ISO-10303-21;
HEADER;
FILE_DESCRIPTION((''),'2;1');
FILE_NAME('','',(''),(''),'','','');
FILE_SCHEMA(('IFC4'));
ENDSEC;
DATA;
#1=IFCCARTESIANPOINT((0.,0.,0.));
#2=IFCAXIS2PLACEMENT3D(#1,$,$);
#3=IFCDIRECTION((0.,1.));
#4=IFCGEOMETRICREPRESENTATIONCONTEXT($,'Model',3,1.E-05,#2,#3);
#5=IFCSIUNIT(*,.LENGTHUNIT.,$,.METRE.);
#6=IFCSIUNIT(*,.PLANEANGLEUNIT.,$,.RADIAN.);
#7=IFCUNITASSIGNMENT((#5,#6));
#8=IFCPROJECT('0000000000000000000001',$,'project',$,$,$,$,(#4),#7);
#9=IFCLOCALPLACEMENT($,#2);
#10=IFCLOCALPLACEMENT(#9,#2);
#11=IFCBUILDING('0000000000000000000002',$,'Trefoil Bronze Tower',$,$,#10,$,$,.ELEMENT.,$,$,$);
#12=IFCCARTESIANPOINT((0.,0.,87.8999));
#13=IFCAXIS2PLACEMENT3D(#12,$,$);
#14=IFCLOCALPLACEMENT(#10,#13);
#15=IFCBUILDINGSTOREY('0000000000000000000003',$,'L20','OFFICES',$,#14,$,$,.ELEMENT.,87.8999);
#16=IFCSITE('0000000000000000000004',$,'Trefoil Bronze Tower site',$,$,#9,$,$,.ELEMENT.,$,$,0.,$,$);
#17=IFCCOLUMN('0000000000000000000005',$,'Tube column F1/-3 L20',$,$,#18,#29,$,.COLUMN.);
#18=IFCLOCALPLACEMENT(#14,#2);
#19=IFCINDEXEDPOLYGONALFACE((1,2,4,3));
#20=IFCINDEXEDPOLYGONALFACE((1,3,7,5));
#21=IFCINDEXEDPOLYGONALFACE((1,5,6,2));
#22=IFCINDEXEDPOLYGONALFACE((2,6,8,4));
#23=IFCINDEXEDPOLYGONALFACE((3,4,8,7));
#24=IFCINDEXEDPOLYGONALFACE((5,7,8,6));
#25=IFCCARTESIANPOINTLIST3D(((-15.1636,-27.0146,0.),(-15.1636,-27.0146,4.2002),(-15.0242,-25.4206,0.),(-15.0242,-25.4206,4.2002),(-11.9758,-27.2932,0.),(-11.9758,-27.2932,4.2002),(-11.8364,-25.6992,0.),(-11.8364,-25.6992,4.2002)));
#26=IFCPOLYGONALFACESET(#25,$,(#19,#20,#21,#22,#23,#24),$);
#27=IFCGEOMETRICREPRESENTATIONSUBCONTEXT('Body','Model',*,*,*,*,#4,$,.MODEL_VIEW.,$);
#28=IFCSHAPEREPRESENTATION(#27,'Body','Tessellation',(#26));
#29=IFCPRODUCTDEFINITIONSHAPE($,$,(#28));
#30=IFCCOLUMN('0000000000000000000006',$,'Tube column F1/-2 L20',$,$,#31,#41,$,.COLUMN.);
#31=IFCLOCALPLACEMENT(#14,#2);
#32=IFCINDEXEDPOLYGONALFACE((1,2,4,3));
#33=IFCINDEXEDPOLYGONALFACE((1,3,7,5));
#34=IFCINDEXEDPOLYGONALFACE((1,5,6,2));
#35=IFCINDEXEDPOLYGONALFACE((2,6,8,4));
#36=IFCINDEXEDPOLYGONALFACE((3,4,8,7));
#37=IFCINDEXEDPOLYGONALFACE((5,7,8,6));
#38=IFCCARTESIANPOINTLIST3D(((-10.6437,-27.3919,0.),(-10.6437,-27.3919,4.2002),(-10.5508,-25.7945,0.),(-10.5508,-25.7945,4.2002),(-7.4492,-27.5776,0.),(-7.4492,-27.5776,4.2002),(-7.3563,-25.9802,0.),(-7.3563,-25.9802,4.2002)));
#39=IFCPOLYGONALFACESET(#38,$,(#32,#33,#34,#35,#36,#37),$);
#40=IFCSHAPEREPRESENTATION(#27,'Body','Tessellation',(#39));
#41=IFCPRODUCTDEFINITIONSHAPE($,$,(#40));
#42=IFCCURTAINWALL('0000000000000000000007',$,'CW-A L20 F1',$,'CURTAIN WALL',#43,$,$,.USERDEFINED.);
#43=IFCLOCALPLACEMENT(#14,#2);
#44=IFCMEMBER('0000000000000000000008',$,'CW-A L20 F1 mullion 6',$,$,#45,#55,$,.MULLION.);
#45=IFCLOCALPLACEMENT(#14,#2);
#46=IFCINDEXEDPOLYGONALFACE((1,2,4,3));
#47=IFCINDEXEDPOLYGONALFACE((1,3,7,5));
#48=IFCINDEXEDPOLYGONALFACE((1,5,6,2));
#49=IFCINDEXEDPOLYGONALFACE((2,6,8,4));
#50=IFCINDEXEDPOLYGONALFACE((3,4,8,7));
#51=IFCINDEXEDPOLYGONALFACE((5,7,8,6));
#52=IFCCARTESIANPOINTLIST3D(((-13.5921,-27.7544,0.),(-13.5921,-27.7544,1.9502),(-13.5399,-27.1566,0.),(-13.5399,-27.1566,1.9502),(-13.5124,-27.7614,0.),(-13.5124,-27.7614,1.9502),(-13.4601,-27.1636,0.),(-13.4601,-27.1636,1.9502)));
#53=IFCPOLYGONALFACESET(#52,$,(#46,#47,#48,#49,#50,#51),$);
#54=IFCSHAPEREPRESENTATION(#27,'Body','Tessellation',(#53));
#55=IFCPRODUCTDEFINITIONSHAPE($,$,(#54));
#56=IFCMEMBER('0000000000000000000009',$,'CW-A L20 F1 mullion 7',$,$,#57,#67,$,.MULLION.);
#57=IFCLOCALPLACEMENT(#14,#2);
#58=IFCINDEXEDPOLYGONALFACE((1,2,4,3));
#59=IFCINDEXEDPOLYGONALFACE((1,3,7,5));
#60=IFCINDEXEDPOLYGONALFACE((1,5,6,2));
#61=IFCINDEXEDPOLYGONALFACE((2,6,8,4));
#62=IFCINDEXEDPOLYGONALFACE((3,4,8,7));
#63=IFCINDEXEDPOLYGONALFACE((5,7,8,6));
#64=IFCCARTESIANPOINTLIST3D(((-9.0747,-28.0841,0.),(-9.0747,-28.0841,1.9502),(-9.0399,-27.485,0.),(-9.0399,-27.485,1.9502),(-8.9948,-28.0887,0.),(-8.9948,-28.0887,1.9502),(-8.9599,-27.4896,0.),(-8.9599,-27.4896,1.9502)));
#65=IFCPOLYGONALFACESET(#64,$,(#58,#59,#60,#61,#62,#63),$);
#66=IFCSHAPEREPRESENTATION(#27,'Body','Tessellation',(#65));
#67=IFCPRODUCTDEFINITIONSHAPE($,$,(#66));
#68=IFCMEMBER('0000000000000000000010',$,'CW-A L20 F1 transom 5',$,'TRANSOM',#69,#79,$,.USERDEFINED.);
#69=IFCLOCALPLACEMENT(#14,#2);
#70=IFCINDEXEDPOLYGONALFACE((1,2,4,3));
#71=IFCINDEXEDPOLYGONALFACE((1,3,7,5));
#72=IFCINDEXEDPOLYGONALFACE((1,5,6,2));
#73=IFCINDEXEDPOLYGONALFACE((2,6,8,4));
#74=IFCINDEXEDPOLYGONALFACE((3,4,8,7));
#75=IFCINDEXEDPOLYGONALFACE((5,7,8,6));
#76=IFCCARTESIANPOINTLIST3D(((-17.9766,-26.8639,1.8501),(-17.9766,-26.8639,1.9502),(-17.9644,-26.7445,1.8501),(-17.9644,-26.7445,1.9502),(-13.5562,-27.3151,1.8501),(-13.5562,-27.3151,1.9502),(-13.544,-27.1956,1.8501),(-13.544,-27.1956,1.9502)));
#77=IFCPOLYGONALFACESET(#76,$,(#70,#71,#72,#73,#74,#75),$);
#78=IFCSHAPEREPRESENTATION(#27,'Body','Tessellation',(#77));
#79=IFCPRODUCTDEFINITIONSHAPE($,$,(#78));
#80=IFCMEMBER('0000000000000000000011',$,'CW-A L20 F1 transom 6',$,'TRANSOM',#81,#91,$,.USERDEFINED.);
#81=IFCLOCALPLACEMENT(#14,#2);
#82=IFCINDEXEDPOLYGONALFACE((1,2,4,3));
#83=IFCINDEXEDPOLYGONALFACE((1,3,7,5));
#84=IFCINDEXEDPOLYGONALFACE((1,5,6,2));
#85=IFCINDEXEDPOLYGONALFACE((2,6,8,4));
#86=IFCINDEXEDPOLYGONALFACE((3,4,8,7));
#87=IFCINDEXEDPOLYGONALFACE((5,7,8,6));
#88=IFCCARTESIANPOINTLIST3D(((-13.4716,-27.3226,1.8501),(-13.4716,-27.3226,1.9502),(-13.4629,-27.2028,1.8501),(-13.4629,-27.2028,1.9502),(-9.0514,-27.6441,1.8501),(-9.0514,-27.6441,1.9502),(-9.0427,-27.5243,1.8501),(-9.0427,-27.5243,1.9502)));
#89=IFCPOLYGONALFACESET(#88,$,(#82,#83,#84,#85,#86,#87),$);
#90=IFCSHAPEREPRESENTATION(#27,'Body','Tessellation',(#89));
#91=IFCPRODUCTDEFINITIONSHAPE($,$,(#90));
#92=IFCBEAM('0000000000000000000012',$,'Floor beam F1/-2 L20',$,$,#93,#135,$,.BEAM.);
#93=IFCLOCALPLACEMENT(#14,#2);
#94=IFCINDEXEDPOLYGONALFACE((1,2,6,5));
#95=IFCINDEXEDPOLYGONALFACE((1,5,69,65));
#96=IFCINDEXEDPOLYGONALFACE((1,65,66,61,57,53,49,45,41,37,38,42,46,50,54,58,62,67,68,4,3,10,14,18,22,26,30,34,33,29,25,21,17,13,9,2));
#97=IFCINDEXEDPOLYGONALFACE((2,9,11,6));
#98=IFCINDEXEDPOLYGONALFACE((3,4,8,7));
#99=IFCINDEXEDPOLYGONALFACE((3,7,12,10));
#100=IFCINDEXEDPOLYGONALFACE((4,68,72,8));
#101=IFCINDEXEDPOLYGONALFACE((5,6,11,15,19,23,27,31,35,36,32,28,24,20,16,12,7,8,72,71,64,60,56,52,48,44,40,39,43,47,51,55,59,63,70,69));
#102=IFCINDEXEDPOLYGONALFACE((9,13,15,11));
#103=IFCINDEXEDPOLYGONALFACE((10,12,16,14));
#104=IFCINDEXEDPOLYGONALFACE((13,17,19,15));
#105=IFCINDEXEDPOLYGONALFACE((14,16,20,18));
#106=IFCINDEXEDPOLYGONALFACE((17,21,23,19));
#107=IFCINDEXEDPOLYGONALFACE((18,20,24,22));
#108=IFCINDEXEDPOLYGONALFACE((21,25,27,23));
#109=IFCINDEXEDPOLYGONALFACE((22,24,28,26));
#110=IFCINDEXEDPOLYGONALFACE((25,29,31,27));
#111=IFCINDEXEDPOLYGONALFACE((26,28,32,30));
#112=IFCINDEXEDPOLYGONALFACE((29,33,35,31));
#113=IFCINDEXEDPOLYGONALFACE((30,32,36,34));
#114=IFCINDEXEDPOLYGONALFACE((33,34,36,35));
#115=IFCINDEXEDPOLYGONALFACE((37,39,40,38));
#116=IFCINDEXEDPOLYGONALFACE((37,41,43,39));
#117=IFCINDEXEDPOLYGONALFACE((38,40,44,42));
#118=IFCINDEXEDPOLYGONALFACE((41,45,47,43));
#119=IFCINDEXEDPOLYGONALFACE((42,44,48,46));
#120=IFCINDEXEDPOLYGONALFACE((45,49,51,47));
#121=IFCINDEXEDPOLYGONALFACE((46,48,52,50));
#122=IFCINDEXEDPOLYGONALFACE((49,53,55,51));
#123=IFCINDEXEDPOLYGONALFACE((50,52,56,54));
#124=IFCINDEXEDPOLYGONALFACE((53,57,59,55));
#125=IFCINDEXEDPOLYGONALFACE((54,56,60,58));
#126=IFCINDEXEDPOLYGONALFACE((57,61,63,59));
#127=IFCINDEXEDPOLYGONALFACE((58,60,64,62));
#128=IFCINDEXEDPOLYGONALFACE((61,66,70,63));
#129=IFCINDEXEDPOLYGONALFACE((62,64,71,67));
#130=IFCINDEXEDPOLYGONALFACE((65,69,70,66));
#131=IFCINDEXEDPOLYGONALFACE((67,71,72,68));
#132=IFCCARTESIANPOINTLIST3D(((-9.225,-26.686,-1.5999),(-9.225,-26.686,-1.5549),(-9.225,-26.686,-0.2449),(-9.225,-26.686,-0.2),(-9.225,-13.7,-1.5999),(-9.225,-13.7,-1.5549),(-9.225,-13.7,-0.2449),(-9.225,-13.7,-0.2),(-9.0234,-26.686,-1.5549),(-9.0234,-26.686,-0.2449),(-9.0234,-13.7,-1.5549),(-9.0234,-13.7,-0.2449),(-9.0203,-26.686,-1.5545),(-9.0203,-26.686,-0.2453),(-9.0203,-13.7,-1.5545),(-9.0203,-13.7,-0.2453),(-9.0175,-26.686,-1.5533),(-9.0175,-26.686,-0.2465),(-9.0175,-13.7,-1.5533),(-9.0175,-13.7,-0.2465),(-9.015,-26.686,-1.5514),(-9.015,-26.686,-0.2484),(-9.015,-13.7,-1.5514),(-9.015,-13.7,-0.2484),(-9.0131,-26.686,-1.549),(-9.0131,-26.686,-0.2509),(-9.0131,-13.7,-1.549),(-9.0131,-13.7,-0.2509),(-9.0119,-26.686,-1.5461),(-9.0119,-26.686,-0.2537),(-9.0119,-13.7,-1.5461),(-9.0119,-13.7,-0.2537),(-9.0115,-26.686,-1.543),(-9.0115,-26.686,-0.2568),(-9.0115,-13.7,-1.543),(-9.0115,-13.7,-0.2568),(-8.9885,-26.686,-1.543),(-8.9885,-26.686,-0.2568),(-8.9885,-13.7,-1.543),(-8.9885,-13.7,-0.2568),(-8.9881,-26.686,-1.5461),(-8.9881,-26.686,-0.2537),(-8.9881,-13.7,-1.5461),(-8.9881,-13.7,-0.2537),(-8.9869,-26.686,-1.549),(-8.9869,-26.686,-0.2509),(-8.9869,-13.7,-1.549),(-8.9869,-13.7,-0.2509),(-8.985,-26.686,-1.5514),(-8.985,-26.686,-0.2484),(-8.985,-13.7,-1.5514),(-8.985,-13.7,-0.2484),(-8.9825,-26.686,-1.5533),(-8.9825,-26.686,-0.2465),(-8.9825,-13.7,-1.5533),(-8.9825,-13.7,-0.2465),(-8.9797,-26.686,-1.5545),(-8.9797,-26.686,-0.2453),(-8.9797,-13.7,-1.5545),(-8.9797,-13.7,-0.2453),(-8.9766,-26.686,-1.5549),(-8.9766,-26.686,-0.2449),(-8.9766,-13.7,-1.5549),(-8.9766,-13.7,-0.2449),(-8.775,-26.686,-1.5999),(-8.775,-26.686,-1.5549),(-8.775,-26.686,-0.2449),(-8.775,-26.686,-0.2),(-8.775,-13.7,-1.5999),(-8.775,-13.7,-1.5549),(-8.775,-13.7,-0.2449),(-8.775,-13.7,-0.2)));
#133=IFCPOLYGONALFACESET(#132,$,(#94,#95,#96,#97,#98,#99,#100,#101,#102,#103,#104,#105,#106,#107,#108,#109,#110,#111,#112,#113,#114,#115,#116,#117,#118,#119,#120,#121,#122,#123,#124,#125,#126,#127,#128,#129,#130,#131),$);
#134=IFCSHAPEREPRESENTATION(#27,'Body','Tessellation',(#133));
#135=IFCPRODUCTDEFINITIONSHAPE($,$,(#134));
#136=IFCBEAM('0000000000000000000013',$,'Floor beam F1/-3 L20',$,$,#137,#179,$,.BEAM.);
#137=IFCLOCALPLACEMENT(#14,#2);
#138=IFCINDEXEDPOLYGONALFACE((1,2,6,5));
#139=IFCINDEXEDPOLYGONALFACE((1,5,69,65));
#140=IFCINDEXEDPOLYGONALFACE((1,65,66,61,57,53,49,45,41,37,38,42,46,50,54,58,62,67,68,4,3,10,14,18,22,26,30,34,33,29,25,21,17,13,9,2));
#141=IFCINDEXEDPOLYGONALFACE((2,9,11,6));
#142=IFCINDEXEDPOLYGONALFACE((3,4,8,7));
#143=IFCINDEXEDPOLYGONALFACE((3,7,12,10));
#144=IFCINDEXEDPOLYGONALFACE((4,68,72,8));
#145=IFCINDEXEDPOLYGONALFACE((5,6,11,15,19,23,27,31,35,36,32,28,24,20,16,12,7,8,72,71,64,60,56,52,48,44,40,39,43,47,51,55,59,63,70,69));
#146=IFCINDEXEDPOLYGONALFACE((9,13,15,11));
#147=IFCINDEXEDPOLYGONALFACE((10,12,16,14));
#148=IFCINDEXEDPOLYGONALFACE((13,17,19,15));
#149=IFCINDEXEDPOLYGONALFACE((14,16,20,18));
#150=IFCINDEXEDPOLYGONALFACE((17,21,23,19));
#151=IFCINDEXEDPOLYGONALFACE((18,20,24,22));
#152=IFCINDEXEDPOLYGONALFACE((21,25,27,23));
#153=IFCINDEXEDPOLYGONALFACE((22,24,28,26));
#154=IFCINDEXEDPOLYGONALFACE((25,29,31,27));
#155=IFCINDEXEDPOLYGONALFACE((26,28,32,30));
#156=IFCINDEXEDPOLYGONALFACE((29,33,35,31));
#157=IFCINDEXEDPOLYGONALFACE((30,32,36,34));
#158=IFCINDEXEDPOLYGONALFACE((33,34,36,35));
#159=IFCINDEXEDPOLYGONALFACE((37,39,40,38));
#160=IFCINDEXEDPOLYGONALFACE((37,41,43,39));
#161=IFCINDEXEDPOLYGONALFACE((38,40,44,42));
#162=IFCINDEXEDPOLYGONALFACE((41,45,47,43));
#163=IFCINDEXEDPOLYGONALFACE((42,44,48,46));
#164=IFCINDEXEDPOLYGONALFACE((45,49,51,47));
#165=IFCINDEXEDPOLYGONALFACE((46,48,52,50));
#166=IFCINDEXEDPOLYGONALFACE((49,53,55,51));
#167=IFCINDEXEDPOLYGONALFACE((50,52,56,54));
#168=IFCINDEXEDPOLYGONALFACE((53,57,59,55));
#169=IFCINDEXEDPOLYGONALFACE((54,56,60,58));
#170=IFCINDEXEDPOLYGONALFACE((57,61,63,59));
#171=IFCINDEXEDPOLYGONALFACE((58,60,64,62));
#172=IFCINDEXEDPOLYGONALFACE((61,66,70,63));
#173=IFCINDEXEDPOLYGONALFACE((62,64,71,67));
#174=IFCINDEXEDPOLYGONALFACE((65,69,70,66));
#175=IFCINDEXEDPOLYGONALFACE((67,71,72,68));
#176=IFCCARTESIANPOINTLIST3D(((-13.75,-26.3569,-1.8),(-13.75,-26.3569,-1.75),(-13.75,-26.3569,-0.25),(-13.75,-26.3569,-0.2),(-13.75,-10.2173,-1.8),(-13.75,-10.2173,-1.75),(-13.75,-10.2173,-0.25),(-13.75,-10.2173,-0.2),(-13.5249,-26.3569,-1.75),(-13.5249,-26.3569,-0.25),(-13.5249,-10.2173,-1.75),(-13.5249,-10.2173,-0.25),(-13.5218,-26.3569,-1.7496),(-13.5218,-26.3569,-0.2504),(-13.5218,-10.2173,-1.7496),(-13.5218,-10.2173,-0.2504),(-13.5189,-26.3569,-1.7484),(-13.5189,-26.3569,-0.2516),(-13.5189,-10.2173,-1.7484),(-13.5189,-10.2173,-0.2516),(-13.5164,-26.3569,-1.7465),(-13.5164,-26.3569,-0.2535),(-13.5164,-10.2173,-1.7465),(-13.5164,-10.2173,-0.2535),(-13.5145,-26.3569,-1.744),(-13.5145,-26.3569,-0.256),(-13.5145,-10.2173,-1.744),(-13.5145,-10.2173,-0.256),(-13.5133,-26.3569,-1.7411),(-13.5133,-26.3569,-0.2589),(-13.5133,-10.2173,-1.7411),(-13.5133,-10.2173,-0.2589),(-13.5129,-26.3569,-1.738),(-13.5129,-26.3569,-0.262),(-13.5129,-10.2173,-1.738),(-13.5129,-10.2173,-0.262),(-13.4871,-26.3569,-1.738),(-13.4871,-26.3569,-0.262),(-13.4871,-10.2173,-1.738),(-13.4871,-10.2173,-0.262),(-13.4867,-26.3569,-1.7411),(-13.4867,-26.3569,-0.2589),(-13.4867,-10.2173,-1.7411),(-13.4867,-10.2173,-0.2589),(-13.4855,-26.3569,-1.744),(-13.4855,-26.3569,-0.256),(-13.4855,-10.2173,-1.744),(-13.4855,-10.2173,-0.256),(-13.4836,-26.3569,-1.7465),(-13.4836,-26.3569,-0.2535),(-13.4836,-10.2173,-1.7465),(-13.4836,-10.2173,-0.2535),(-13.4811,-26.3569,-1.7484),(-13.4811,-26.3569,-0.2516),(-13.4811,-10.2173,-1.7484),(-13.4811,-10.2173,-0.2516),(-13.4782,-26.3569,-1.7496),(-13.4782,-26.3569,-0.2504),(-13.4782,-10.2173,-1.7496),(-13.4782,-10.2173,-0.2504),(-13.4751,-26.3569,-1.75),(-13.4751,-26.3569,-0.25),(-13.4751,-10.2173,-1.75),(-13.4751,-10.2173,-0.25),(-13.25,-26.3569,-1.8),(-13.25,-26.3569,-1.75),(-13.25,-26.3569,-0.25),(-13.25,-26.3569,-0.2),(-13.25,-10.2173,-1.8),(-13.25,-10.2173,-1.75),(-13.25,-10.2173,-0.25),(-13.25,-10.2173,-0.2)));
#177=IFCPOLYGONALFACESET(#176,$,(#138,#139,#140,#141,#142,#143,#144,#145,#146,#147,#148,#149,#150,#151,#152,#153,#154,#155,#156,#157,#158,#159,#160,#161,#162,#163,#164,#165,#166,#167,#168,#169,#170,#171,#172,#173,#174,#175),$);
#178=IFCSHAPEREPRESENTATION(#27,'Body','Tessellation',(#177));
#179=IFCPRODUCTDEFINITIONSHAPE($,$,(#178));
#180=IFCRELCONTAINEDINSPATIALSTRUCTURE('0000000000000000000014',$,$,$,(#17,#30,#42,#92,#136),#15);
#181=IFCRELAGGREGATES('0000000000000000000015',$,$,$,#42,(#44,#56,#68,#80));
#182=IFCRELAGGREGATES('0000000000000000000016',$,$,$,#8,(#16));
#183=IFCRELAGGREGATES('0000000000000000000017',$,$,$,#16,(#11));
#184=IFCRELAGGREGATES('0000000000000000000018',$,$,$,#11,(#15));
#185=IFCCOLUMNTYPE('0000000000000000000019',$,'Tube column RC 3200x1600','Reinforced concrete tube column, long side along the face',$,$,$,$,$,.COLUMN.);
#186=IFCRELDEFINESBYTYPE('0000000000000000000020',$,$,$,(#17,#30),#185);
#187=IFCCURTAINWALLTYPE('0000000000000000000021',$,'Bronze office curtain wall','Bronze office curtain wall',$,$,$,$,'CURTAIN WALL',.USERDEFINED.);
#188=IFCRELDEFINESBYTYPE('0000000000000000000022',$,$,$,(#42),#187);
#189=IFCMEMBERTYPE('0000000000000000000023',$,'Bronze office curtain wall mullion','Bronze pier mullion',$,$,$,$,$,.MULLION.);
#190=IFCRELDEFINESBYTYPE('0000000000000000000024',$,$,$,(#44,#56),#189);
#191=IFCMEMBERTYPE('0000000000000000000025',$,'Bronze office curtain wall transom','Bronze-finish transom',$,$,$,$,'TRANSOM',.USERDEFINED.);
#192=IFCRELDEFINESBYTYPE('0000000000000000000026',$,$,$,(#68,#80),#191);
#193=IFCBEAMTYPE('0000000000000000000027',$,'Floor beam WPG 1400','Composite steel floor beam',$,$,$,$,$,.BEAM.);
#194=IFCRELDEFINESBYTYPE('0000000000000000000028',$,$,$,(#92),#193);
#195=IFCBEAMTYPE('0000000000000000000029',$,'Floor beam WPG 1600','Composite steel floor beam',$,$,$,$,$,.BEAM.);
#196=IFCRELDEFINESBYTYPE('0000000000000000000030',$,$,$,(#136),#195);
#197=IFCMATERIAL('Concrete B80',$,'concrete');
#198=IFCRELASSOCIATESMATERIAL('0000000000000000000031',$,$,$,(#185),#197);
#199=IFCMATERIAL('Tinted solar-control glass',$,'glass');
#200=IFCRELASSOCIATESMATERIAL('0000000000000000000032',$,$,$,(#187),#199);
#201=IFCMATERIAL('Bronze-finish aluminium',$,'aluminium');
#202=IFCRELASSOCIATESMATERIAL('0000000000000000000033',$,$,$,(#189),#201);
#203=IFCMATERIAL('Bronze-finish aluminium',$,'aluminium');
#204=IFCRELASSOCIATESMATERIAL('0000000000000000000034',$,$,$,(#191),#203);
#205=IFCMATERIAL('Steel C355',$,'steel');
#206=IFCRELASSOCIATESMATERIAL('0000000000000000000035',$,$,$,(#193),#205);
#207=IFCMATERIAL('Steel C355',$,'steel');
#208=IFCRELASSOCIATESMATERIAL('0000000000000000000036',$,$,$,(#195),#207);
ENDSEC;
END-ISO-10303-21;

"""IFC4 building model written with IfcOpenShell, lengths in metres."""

from ifc_helpers import new_model, si_unit, direction, frame, origin, origin_2d, place, context, subcontext, project, spatial, rectangle, i_section, extrude, material, material_profile, profile_set, type_object, element, aggregate, save


model = new_model("IFC4")

# Units and contexts
model_context = context("Model", 3, precision=1e-05, world=origin(), true_north=direction((0.0, 1.0)))
body_context = subcontext(model_context, "Body", "Model", "MODEL_VIEW")
ifc_project = project(units=[si_unit("LENGTHUNIT", "METRE"), si_unit("PLANEANGLEUNIT", "RADIAN")], contexts=[model_context])

# Site, building, storey
site_placement = place(None, origin())
site = spatial("IfcSite", under=ifc_project, at=site_placement, Name="Trefoil Bronze Tower site", CompositionType="ELEMENT", RefElevation=0.0)
building_placement = place(site_placement, origin())
building = spatial("IfcBuilding", under=site, at=building_placement, Name="Trefoil Bronze Tower", CompositionType="ELEMENT")
storey_placement = place(building_placement, frame((0.0, 0.0, 87.8999)))
storey = spatial("IfcBuildingStorey", under=building, at=storey_placement, Name="L20", Description="OFFICES", CompositionType="ELEMENT", Elevation=87.8999)

# Columns
ifc_material_1 = material(Name="Concrete B80", Category="concrete")
ifc_material_profile_1 = material_profile(ifc_material_1, rectangle(XDim=3.2, YDim=1.6001, at=origin_2d()), Name="RC 3200x1600")
ifc_profile_set_1 = profile_set([ifc_material_profile_1], Name="Concrete B80")
column_type = type_object("IfcColumnType", Name="Tube column RC 3200x1600", Description="Reinforced concrete tube column, long side along the face", PredefinedType="COLUMN", material=ifc_profile_set_1)
for number, where, z_axis, x_axis, name in (
    (1, (-13.5, -26.3569, 0.0), (0.0, 0.0, 1.0), (0.996203, -0.087065, 0.0), "Tube column F1/-3 L20"),
    (2, (-9.0, -26.686, 0.0), (0.0, 0.0, 1.0), (0.998314, -0.058043, 0.0), "Tube column F1/-2 L20"),
):
    element("IfcColumn", number, at=place(storey_placement, frame(where, z_axis=z_axis, x_axis=x_axis)), inside=storey, type_object=column_type, Name=name, PredefinedType="COLUMN", context=body_context, shape_type="SweptSolid", body=[
        extrude(rectangle(XDim=3.2, YDim=1.6001, at=origin_2d()), origin(), (0.0, 0.0, 1.0), 4.2002),
    ])

# Curtain wall, members
ifc_material_2 = material(Name="Tinted solar-control glass", Category="glass")
curtain_wall_type = type_object("IfcCurtainWallType", Name="Bronze office curtain wall", Description="Bronze office curtain wall", ElementType="CURTAIN WALL", PredefinedType="USERDEFINED", material=ifc_material_2)
curtain_wall_placement = place(storey_placement, origin())
curtain_wall = element("IfcCurtainWall", 3, at=curtain_wall_placement, inside=storey, type_object=curtain_wall_type, Name="CW-A L20 F1", ObjectType="CURTAIN WALL", PredefinedType="USERDEFINED")
ifc_material_3 = material(Name="Bronze-finish aluminium", Category="aluminium")
ifc_material_profile_2 = material_profile(ifc_material_3, rectangle(XDim=0.6001, YDim=0.0801, at=origin_2d()), Name="CW-A mullion")
ifc_profile_set_2 = profile_set([ifc_material_profile_2], Name="Bronze-finish aluminium")
member_type_1 = type_object("IfcMemberType", Name="Bronze office curtain wall mullion", Description="Bronze pier mullion", PredefinedType="MULLION", material=ifc_profile_set_2)
member_1_placement = place(storey_placement, frame((-13.5261, -27.459, 0.0), z_axis=(0.0, 0.0, 1.0), x_axis=(0.087065, 0.996203, 0.0)))
member_1 = element("IfcMember", 4, at=member_1_placement, type_object=member_type_1, Name="CW-A L20 F1 mullion 6", PredefinedType="MULLION", context=body_context, shape_type="SweptSolid", body=[
    extrude(rectangle(XDim=0.6001, YDim=0.0801, at=origin_2d()), origin(), (0.0, 0.0, 1.0), 1.9502),
])
member_2_placement = place(storey_placement, frame((-9.0173, -27.7869, 0.0), z_axis=(0.0, 0.0, 1.0), x_axis=(0.058043, 0.998314, 0.0)))
member_2 = element("IfcMember", 5, at=member_2_placement, type_object=member_type_1, Name="CW-A L20 F1 mullion 7", PredefinedType="MULLION", context=body_context, shape_type="SweptSolid", body=[
    extrude(rectangle(XDim=0.6001, YDim=0.0801, at=origin_2d()), origin(), (0.0, 0.0, 1.0), 1.9502),
])
ifc_material_4 = material(Name="Bronze-finish aluminium", Category="aluminium")
ifc_material_profile_3 = material_profile(ifc_material_4, rectangle(XDim=0.1201, YDim=0.1001, at=origin_2d()), Name="CW-A transom")
ifc_profile_set_3 = profile_set([ifc_material_profile_3], Name="Bronze-finish aluminium")
member_type_2 = type_object("IfcMemberType", Name="Bronze office curtain wall transom", Description="Bronze-finish transom", ElementType="TRANSOM", PredefinedType="USERDEFINED", material=ifc_profile_set_3)
member_3_placement = place(storey_placement, frame((-17.9705, -26.8042, 1.9001), z_axis=(0.994832, -0.101538, 0.0), x_axis=(0.101538, 0.994832, 0.0)))
member_3 = element("IfcMember", 6, at=member_3_placement, type_object=member_type_2, Name="CW-A L20 F1 transom 5", ObjectType="TRANSOM", PredefinedType="USERDEFINED", context=body_context, shape_type="SweptSolid", body=[
    extrude(rectangle(XDim=0.1201, YDim=0.1001, at=origin_2d()), origin(), (0.0, 0.0, 1.0), 4.4434),
])
member_4_placement = place(storey_placement, frame((-13.4673, -27.2627, 1.9001), z_axis=(0.997365, -0.072551, 0.0), x_axis=(0.072551, 0.997365, 0.0)))
member_4 = element("IfcMember", 7, at=member_4_placement, type_object=member_type_2, Name="CW-A L20 F1 transom 6", ObjectType="TRANSOM", PredefinedType="USERDEFINED", context=body_context, shape_type="SweptSolid", body=[
    extrude(rectangle(XDim=0.1201, YDim=0.1001, at=origin_2d()), origin(), (0.0, 0.0, 1.0), 4.4319),
])

# Beams
ifc_material_5 = material(Name="Steel C355", Category="steel")
ifc_material_profile_4 = material_profile(ifc_material_5, i_section(OverallWidth=0.45, OverallDepth=1.3999, WebThickness=0.0229, FlangeThickness=0.0449, FilletRadius=0.012, at=origin_2d()), Name="WPG 1400")
ifc_profile_set_4 = profile_set([ifc_material_profile_4], Name="Steel C355")
beam_type_1 = type_object("IfcBeamType", Name="Floor beam WPG 1400", Description="Composite steel floor beam", PredefinedType="BEAM", material=ifc_profile_set_4)
beam_1_placement = place(storey_placement, frame((-9.0, -26.686, -0.8999), z_axis=(0.0, 1.0, 0.0), x_axis=(-1.0, 0.0, 0.0)))
element("IfcBeam", 8, at=beam_1_placement, inside=storey, type_object=beam_type_1, Name="Floor beam F1/-2 L20", PredefinedType="BEAM", context=body_context, shape_type="SweptSolid", body=[
    extrude(i_section(OverallWidth=0.45, OverallDepth=1.3999, WebThickness=0.0229, FlangeThickness=0.0449, FilletRadius=0.012, at=origin_2d()), origin(), (0.0, 0.0, 1.0), 12.9861),
])
ifc_material_6 = material(Name="Steel C355", Category="steel")
ifc_material_profile_5 = material_profile(ifc_material_6, i_section(OverallWidth=0.5, OverallDepth=1.6001, WebThickness=0.0259, FlangeThickness=0.05, FilletRadius=0.012, at=origin_2d()), Name="WPG 1600")
ifc_profile_set_5 = profile_set([ifc_material_profile_5], Name="Steel C355")
beam_type_2 = type_object("IfcBeamType", Name="Floor beam WPG 1600", Description="Composite steel floor beam", PredefinedType="BEAM", material=ifc_profile_set_5)
beam_2_placement = place(storey_placement, frame((-13.5, -26.3569, -1.0), z_axis=(0.0, 1.0, 0.0), x_axis=(-1.0, 0.0, 0.0)))
element("IfcBeam", 9, at=beam_2_placement, inside=storey, type_object=beam_type_2, Name="Floor beam F1/-3 L20", PredefinedType="BEAM", context=body_context, shape_type="SweptSolid", body=[
    extrude(i_section(OverallWidth=0.5, OverallDepth=1.6001, WebThickness=0.0259, FlangeThickness=0.05, FilletRadius=0.012, at=origin_2d()), origin(), (0.0, 0.0, 1.0), 16.1396),
])

aggregate(curtain_wall, [member_1, member_2, member_3, member_4])

save(model, "model.ifc")
